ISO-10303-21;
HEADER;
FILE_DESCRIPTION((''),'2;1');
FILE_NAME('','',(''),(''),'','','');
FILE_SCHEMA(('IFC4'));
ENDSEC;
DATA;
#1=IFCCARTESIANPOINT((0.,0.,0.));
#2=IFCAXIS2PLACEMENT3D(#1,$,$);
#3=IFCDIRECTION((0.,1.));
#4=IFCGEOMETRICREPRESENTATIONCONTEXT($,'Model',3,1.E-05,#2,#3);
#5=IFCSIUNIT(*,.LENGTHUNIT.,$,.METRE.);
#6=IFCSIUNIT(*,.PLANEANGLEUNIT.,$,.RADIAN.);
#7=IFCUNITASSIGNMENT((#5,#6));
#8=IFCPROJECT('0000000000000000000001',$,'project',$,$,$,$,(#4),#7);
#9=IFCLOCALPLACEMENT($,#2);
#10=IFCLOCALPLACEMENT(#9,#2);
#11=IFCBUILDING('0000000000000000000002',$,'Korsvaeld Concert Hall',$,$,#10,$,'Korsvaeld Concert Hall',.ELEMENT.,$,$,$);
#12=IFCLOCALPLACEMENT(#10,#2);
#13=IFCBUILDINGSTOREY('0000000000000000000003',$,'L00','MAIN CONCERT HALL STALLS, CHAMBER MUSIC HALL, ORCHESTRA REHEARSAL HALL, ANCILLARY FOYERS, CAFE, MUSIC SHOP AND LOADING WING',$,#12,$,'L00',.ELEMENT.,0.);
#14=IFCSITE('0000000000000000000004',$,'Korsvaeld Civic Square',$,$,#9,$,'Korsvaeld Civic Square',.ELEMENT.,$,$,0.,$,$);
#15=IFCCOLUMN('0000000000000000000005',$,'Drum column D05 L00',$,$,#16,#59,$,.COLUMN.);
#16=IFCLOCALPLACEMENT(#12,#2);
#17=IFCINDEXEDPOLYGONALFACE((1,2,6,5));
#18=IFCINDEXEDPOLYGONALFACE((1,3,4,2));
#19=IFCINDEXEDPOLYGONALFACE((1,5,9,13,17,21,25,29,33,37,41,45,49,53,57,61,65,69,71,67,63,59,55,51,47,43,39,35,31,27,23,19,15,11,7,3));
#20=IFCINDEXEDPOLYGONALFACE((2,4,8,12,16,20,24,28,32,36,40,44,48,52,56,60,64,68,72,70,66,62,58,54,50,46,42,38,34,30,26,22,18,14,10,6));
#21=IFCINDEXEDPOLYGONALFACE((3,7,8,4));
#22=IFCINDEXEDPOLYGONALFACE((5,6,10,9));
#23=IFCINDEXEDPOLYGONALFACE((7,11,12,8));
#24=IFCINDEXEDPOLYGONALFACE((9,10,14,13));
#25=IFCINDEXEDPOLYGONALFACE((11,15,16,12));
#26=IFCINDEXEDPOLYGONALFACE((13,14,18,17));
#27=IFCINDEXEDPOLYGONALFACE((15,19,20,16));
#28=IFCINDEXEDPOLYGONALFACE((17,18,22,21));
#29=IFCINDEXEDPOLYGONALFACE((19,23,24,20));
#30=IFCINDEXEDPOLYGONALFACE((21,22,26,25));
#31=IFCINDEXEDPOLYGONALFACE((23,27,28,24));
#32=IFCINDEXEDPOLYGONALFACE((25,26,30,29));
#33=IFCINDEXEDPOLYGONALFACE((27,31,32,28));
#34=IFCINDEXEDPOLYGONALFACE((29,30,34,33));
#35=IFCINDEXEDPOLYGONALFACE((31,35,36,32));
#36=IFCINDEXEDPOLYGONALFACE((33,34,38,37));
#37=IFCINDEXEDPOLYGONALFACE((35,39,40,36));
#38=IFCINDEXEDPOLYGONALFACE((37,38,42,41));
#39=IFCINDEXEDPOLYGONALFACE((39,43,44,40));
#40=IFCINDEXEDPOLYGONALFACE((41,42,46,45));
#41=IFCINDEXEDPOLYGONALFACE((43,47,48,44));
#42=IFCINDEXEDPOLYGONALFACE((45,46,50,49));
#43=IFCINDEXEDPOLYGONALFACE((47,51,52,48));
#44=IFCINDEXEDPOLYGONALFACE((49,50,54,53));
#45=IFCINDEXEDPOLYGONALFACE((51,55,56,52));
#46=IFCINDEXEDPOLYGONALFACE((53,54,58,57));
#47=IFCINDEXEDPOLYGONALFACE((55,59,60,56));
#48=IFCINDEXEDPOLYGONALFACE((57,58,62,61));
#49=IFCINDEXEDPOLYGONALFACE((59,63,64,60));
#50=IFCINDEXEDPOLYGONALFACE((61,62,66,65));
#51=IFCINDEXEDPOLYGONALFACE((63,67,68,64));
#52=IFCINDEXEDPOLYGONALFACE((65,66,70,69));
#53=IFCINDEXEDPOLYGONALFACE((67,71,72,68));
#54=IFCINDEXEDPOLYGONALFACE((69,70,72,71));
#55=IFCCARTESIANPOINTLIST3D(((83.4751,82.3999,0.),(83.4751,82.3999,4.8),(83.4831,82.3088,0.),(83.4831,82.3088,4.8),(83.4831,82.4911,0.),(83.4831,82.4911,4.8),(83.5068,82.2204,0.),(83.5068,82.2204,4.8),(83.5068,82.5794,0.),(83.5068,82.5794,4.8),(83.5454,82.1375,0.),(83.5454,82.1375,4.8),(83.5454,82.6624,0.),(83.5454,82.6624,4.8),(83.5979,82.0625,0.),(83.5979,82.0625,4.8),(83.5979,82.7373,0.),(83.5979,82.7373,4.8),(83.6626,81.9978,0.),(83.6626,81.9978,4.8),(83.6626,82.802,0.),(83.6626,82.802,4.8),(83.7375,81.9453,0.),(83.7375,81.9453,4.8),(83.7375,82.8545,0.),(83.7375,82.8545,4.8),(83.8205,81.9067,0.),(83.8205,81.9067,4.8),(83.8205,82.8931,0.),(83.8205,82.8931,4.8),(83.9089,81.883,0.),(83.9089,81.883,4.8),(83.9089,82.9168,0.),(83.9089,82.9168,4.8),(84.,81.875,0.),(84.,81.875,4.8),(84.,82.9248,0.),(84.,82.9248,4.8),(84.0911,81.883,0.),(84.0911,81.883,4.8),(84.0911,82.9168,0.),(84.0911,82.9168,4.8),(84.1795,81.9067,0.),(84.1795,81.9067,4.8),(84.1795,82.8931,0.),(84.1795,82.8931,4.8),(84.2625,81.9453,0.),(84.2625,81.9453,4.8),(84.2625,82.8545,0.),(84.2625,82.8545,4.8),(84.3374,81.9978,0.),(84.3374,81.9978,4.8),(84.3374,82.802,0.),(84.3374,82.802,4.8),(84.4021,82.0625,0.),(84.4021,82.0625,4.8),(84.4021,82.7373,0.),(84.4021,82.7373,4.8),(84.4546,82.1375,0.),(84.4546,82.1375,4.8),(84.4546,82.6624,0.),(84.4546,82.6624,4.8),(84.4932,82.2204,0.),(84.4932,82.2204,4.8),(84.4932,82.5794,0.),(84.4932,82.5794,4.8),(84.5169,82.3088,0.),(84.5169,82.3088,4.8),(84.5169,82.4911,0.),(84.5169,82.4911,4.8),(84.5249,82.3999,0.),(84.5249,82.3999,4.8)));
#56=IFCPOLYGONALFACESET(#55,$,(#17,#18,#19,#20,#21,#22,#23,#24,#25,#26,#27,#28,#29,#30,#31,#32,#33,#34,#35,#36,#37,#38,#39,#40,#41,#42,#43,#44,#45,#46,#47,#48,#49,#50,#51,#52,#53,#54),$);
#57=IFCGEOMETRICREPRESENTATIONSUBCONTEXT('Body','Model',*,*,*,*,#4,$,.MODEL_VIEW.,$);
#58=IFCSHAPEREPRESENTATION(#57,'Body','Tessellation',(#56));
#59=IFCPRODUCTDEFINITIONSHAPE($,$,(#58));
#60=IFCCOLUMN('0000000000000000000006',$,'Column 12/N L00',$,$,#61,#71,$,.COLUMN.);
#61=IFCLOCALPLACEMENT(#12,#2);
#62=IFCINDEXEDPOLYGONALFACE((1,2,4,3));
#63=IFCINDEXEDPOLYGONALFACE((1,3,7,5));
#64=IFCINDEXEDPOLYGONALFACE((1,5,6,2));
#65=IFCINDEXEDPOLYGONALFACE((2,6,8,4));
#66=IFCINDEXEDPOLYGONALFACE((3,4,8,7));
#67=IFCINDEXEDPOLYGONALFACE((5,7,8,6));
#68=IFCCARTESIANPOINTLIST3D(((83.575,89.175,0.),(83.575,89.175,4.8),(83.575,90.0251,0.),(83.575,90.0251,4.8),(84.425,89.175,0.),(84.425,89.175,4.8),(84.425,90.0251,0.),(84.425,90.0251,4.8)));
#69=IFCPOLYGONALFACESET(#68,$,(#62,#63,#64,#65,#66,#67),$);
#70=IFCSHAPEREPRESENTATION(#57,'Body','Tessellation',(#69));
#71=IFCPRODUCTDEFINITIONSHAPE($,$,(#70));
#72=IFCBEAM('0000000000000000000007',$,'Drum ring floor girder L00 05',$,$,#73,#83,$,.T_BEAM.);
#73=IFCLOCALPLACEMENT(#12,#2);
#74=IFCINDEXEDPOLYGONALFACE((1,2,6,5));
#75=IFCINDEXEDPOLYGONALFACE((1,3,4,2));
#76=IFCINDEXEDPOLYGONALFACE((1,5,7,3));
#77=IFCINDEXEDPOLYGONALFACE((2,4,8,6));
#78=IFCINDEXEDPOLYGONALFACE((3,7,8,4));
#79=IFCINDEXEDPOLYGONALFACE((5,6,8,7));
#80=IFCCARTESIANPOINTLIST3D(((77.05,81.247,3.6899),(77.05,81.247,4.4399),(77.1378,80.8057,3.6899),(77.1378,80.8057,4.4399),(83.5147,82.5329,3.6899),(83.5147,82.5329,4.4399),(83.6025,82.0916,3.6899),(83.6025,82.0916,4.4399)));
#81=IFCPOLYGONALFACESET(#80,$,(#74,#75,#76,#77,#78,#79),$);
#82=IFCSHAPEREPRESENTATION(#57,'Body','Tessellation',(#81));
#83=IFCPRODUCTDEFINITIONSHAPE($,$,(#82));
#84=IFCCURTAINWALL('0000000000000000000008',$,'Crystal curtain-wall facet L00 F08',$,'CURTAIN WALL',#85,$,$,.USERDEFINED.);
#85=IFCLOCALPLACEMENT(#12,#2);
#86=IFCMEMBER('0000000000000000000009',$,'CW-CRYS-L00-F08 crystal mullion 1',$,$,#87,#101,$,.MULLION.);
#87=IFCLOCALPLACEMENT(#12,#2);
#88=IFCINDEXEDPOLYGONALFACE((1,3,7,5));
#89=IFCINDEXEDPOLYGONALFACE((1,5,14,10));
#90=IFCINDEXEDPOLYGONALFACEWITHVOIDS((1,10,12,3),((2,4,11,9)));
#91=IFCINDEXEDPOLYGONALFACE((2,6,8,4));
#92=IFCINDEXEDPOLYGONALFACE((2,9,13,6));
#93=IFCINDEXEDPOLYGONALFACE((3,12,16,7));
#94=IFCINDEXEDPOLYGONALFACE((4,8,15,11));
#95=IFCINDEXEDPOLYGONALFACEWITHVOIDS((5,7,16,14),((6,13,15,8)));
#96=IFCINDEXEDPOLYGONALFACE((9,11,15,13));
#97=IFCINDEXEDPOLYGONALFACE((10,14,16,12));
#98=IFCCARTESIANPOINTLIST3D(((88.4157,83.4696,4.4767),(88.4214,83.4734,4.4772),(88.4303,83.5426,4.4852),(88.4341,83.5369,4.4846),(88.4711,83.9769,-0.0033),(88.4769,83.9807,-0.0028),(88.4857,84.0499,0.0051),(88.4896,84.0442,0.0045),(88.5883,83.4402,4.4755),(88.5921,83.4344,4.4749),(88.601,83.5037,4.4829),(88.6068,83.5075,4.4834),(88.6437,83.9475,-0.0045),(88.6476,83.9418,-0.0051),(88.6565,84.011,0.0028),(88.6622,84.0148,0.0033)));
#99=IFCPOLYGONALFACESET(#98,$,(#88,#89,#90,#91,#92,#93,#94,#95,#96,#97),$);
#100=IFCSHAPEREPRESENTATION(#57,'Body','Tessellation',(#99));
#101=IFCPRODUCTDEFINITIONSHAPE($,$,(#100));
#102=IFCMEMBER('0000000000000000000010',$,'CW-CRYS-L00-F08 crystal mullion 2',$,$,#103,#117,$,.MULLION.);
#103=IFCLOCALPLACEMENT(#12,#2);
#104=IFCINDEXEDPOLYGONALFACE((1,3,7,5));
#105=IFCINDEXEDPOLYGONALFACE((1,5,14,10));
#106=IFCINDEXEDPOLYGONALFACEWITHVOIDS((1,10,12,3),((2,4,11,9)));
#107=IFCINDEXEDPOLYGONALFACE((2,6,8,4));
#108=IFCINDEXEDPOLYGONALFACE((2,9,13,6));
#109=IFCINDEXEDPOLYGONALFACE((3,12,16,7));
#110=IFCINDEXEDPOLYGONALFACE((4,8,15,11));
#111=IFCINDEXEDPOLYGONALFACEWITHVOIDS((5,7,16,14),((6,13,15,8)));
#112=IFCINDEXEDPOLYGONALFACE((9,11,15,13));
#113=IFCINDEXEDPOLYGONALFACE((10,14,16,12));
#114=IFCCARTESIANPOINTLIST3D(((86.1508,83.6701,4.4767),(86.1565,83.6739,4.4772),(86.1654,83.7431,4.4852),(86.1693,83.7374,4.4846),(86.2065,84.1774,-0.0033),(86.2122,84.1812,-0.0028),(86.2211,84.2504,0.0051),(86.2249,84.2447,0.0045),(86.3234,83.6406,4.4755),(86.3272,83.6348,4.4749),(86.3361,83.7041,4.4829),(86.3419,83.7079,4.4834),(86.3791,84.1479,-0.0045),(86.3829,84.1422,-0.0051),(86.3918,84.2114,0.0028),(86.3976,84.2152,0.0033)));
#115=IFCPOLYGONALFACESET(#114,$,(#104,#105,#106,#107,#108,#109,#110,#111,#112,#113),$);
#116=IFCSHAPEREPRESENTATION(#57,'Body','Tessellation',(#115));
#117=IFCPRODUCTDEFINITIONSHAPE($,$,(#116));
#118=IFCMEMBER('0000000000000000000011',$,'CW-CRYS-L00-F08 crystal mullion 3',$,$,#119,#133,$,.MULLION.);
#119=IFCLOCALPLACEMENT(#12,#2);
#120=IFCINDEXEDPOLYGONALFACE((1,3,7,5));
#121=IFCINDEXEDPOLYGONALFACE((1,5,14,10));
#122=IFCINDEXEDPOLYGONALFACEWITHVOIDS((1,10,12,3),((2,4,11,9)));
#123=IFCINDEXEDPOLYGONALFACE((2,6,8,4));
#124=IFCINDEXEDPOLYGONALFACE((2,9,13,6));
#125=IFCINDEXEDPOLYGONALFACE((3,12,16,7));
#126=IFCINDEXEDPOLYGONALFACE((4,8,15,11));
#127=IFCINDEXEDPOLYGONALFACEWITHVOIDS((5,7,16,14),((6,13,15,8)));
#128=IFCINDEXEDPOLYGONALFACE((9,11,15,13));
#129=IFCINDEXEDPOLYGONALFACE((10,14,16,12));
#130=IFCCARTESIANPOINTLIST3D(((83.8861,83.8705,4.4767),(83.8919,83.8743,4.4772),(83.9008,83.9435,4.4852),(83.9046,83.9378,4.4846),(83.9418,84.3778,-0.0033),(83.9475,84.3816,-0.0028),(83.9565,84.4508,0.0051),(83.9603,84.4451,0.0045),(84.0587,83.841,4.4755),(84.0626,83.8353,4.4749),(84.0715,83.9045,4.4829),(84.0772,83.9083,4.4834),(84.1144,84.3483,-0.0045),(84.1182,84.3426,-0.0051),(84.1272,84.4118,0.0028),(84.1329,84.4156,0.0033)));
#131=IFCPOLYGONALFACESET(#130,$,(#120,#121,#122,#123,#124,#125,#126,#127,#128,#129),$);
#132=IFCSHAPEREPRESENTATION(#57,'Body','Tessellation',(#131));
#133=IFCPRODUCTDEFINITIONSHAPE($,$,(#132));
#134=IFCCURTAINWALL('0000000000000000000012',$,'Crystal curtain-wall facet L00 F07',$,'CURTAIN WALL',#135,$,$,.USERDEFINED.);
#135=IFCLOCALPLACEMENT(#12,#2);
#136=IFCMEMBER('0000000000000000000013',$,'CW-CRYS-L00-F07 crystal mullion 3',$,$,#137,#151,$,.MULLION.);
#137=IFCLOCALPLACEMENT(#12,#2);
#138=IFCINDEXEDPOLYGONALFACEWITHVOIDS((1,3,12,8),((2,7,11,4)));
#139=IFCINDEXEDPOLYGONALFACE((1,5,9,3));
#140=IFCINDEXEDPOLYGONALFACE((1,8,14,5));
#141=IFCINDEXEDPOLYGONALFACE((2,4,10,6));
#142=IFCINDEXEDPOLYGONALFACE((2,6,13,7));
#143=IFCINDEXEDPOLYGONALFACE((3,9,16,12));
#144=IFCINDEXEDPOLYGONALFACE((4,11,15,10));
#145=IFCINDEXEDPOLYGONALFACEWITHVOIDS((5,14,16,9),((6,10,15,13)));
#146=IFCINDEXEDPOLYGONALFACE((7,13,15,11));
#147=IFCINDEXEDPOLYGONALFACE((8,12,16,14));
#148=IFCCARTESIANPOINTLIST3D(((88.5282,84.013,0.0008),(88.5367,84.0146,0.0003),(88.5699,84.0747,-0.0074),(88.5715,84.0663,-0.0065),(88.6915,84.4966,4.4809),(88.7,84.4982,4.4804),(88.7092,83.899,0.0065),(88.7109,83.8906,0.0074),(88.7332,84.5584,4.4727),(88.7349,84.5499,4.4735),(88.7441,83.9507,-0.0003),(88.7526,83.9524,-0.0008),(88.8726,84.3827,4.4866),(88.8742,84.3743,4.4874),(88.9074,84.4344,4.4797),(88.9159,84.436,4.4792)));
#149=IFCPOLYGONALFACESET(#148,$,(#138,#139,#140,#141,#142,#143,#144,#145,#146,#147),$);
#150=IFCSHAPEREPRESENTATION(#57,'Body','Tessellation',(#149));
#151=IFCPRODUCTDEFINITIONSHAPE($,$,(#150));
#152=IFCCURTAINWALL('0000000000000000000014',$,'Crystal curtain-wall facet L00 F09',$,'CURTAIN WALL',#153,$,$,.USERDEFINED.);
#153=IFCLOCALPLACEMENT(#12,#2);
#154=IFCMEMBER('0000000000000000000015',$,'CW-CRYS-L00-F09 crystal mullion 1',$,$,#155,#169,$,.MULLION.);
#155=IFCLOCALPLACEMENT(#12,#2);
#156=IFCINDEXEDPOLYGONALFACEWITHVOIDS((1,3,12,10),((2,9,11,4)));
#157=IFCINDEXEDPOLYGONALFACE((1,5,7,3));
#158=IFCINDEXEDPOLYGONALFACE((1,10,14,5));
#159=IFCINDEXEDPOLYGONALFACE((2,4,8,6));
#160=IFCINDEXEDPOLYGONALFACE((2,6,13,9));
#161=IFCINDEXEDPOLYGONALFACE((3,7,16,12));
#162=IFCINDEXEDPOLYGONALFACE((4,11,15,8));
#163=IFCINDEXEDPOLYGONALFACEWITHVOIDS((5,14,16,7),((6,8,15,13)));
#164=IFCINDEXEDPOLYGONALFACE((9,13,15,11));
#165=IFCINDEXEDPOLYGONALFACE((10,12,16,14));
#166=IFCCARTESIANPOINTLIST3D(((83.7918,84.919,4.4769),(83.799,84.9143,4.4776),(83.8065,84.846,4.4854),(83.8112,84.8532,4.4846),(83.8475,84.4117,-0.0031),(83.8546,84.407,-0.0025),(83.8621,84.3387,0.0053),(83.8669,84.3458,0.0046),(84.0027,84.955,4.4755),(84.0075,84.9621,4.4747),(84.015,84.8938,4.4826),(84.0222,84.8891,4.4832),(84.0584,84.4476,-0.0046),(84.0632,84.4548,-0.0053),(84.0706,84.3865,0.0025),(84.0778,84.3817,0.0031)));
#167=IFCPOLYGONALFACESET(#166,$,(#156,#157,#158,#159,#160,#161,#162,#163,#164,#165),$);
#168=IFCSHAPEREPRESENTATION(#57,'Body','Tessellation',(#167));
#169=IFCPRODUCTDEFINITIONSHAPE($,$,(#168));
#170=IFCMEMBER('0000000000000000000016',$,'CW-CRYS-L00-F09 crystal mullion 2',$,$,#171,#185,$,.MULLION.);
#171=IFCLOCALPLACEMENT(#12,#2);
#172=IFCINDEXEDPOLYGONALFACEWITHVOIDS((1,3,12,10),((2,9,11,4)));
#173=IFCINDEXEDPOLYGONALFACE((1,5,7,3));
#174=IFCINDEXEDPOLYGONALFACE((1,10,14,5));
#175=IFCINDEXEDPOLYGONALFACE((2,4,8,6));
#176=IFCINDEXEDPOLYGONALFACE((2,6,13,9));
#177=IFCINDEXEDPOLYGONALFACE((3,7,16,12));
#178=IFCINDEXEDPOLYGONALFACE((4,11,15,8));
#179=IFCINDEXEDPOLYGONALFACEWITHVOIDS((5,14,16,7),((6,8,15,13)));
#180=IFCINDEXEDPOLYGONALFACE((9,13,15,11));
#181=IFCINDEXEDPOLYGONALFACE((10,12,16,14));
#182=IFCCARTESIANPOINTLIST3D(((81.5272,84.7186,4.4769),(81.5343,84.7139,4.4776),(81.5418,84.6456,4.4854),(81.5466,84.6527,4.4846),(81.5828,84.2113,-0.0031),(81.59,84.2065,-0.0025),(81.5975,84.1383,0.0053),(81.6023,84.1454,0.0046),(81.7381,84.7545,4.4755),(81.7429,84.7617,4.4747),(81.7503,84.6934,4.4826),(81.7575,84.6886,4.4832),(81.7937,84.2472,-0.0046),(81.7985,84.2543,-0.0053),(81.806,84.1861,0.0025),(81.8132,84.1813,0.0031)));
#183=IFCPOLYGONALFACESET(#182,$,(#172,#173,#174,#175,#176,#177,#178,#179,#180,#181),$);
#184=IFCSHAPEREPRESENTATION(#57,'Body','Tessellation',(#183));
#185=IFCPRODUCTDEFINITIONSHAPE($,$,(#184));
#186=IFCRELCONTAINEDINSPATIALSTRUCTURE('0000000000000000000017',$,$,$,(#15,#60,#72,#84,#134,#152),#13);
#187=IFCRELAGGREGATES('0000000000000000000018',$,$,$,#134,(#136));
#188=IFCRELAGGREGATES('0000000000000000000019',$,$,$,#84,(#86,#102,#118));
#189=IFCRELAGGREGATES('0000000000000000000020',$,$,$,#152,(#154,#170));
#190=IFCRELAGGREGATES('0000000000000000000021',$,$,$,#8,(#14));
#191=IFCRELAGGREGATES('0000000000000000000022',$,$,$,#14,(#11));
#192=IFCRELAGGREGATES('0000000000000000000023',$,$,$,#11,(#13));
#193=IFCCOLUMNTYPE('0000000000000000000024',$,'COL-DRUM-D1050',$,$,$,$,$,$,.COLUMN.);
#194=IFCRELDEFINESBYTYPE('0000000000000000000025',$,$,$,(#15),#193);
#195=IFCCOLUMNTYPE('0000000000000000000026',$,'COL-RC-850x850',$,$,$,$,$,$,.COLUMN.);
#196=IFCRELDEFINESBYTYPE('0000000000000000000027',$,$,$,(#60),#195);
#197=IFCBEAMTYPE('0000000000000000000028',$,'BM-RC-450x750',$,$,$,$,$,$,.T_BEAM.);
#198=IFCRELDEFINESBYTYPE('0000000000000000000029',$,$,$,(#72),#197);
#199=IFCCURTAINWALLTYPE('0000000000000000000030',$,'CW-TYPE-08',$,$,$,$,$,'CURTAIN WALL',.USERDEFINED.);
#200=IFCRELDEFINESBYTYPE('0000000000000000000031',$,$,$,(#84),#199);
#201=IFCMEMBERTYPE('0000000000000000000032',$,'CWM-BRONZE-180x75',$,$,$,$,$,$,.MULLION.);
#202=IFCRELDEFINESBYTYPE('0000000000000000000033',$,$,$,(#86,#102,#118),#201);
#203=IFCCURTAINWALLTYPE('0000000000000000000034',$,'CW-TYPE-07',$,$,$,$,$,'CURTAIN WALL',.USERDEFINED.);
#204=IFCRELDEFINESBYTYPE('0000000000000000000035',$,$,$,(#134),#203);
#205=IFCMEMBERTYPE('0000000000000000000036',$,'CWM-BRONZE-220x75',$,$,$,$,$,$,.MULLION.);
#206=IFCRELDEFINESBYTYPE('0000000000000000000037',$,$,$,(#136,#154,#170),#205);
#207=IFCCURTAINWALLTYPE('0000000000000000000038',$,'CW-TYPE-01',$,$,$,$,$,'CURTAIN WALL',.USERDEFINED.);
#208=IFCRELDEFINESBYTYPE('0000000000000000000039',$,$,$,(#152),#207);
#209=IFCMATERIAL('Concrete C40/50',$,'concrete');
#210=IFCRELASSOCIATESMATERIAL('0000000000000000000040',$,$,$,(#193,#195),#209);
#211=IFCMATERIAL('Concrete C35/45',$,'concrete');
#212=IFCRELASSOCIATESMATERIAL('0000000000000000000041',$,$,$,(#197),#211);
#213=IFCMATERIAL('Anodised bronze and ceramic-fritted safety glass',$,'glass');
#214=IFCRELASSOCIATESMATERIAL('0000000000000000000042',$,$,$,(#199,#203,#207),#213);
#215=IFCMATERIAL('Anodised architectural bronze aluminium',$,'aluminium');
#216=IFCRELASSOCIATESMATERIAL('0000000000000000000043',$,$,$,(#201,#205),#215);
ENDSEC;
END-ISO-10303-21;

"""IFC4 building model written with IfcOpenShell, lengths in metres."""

from ifc_helpers import new_model, si_unit, direction, frame, origin, origin_2d, place, context, subcontext, project, spatial, rectangle, hollow_rectangle, circle, extrude, material, material_profile, profile_set, type_object, element, aggregate, save


model = new_model("IFC4")

# Units and contexts
model_context = context("Model", 3, precision=1e-05, world=origin(), true_north=direction((0.0, 1.0)))
body_context = subcontext(model_context, "Body", "Model", "MODEL_VIEW")
ifc_project = project(units=[si_unit("LENGTHUNIT", "METRE"), si_unit("PLANEANGLEUNIT", "RADIAN")], contexts=[model_context])

# Site, building, storey
site_placement = place(None, origin())
site = spatial("IfcSite", under=ifc_project, at=site_placement, Name="Korsvaeld Civic Square", LongName="Korsvaeld Civic Square", CompositionType="ELEMENT", RefElevation=0.0)
building_placement = place(site_placement, origin())
building = spatial("IfcBuilding", under=site, at=building_placement, Name="Korsvaeld Concert Hall", LongName="Korsvaeld Concert Hall", CompositionType="ELEMENT")
storey_placement = place(building_placement, origin())
storey = spatial("IfcBuildingStorey", under=building, at=storey_placement, Name="L00", Description="MAIN CONCERT HALL STALLS, CHAMBER MUSIC HALL, ORCHESTRA REHEARSAL HALL, ANCILLARY FOYERS, CAFE, MUSIC SHOP AND LOADING WING", LongName="L00", CompositionType="ELEMENT", Elevation=0.0)

# Columns
ifc_material_1 = material(Name="Concrete C40/50", Category="concrete")
ifc_material_profile_1 = material_profile(ifc_material_1, circle(Radius=0.5249, at=origin_2d()), Name="RC D1050")
ifc_profile_set_1 = profile_set([ifc_material_profile_1], Name="Concrete C40/50")
column_type_1 = type_object("IfcColumnType", Name="COL-DRUM-D1050", PredefinedType="COLUMN", material=ifc_profile_set_1)
column_1_placement = place(storey_placement, frame((84.0, 82.3999, 0.0), z_axis=(0.0, 0.0, 1.0), x_axis=(1.0, 0.0, 0.0)))
element("IfcColumn", 1, at=column_1_placement, inside=storey, type_object=column_type_1, Name="Drum column D05 L00", PredefinedType="COLUMN", context=body_context, shape_type="SweptSolid", body=[
    extrude(circle(Radius=0.5249, at=origin_2d()), origin(), (0.0, 0.0, 1.0), 4.8),
])
ifc_material_profile_2 = material_profile(ifc_material_1, rectangle(XDim=0.8501, YDim=0.8501, at=origin_2d()), Name="RC 850x850")
ifc_profile_set_2 = profile_set([ifc_material_profile_2], Name="Concrete C40/50")
column_type_2 = type_object("IfcColumnType", Name="COL-RC-850x850", PredefinedType="COLUMN", material=ifc_profile_set_2)
column_2_placement = place(storey_placement, frame((84.0, 89.6001, 0.0), z_axis=(0.0, 0.0, 1.0), x_axis=(1.0, 0.0, 0.0)))
element("IfcColumn", 2, at=column_2_placement, inside=storey, type_object=column_type_2, Name="Column 12/N L00", PredefinedType="COLUMN", context=body_context, shape_type="SweptSolid", body=[
    extrude(rectangle(XDim=0.8501, YDim=0.8501, at=origin_2d()), origin(), (0.0, 0.0, 1.0), 4.8),
])

# Beam
ifc_material_2 = material(Name="Concrete C35/45", Category="concrete")
ifc_material_profile_3 = material_profile(ifc_material_2, rectangle(XDim=0.45, YDim=0.75, at=origin_2d()), Name="RC 450x750")
ifc_profile_set_3 = profile_set([ifc_material_profile_3], Name="Concrete C35/45")
beam_type = type_object("IfcBeamType", Name="BM-RC-450x750", PredefinedType="T_BEAM", material=ifc_profile_set_3)
beam_placement = place(storey_placement, frame((83.5586, 82.3123, 4.0649), z_axis=(-0.980785, -0.19509, 0.0), x_axis=(0.19509, -0.980785, 0.0)))
element("IfcBeam", 3, at=beam_placement, inside=storey, type_object=beam_type, Name="Drum ring floor girder L00 05", PredefinedType="T_BEAM", context=body_context, shape_type="SweptSolid", body=[
    extrude(rectangle(XDim=0.45, YDim=0.75, at=origin_2d()), origin(), (0.0, 0.0, 1.0), 6.5913),
])

# Curtain wall, members
ifc_material_3 = material(Name="Anodised bronze and ceramic-fritted safety glass", Category="glass")
curtain_wall_type_1 = type_object("IfcCurtainWallType", Name="CW-TYPE-08", ElementType="CURTAIN WALL", PredefinedType="USERDEFINED", material=ifc_material_3)
curtain_wall_1_placement = place(storey_placement, origin())
curtain_wall_1 = element("IfcCurtainWall", 4, at=curtain_wall_1_placement, inside=storey, type_object=curtain_wall_type_1, Name="Crystal curtain-wall facet L00 F08", ObjectType="CURTAIN WALL", PredefinedType="USERDEFINED")
ifc_material_4 = material(Name="Anodised architectural bronze aluminium", Category="aluminium")
ifc_material_profile_4 = material_profile(ifc_material_4, hollow_rectangle(XDim=0.075, YDim=0.1799, WallThickness=0.0049, at=origin_2d()), Name="CWM 180x75x5")
ifc_profile_set_4 = profile_set([ifc_material_profile_4], Name="Anodised architectural bronze aluminium")
member_type_1 = type_object("IfcMemberType", Name="CWM-BRONZE-180x75", PredefinedType="MULLION", material=ifc_profile_set_4)
member_1_placement = place(storey_placement, frame((88.5667, 83.9958, 0.0), z_axis=(-0.012291, -0.112515, 0.993574), x_axis=(-0.195097, -0.974282, -0.112744)))
member_1 = element("IfcMember", 5, at=member_1_placement, type_object=member_type_1, Name="CW-CRYS-L00-F08 crystal mullion 1", PredefinedType="MULLION", context=body_context, shape_type="SweptSolid", body=[
    extrude(hollow_rectangle(XDim=0.075, YDim=0.1799, WallThickness=0.0049, at=origin_2d()), origin(), (0.0, 0.0, 1.0), 4.509),
])
member_2_placement = place(storey_placement, frame((86.302, 84.1963, 0.0), z_axis=(-0.012345, -0.112515, 0.993573), x_axis=(-0.19556, -0.974189, -0.112749)))
member_2 = element("IfcMember", 6, at=member_2_placement, type_object=member_type_1, Name="CW-CRYS-L00-F08 crystal mullion 2", PredefinedType="MULLION", context=body_context, shape_type="SweptSolid", body=[
    extrude(hollow_rectangle(XDim=0.075, YDim=0.1799, WallThickness=0.0049, at=origin_2d()), origin(), (0.0, 0.0, 1.0), 4.509),
])
member_3_placement = place(storey_placement, frame((84.0374, 84.3967, 0.0), z_axis=(-0.012345, -0.112515, 0.993573), x_axis=(-0.19556, -0.974189, -0.112749)))
member_3 = element("IfcMember", 7, at=member_3_placement, type_object=member_type_1, Name="CW-CRYS-L00-F08 crystal mullion 3", PredefinedType="MULLION", context=body_context, shape_type="SweptSolid", body=[
    extrude(hollow_rectangle(XDim=0.075, YDim=0.1799, WallThickness=0.0049, at=origin_2d()), origin(), (0.0, 0.0, 1.0), 4.509),
])

# Curtain wall, member
curtain_wall_type_2 = type_object("IfcCurtainWallType", Name="CW-TYPE-07", ElementType="CURTAIN WALL", PredefinedType="USERDEFINED", material=ifc_material_3)
curtain_wall_2_placement = place(storey_placement, origin())
curtain_wall_2 = element("IfcCurtainWall", 8, at=curtain_wall_2_placement, inside=storey, type_object=curtain_wall_type_2, Name="Crystal curtain-wall facet L00 F07", ObjectType="CURTAIN WALL", PredefinedType="USERDEFINED")
ifc_material_profile_5 = material_profile(ifc_material_4, hollow_rectangle(XDim=0.075, YDim=0.22, WallThickness=0.0061, at=origin_2d()), Name="CWM 220x75x6")
ifc_profile_set_5 = profile_set([ifc_material_profile_5], Name="Anodised architectural bronze aluminium")
member_type_2 = type_object("IfcMemberType", Name="CWM-BRONZE-220x75", PredefinedType="MULLION", material=ifc_profile_set_5)
member_4_placement = place(storey_placement, frame((88.6404, 83.9827, 0.0), z_axis=(0.036223, 0.107262, 0.993571), x_axis=(0.555805, 0.824105, -0.109231)))
member_4 = element("IfcMember", 9, at=member_4_placement, type_object=member_type_2, Name="CW-CRYS-L00-F07 crystal mullion 3", PredefinedType="MULLION", context=body_context, shape_type="SweptSolid", body=[
    extrude(hollow_rectangle(XDim=0.075, YDim=0.22, WallThickness=0.0061, at=origin_2d()), origin(), (0.0, 0.0, 1.0), 4.509),
])
aggregate(curtain_wall_2, [member_4])

# Curtain wall, members
curtain_wall_type_3 = type_object("IfcCurtainWallType", Name="CW-TYPE-01", ElementType="CURTAIN WALL", PredefinedType="USERDEFINED", material=ifc_material_3)
curtain_wall_3_placement = place(storey_placement, origin())
curtain_wall_3 = element("IfcCurtainWall", 10, at=curtain_wall_3_placement, inside=storey, type_object=curtain_wall_type_3, Name="Crystal curtain-wall facet L00 F09", ObjectType="CURTAIN WALL", PredefinedType="USERDEFINED")
member_5_placement = place(storey_placement, frame((83.9626, 84.3967, 0.0), z_axis=(-0.012345, 0.112515, 0.993573), x_axis=(-0.19556, 0.974189, -0.112749)))
member_5 = element("IfcMember", 11, at=member_5_placement, type_object=member_type_2, Name="CW-CRYS-L00-F09 crystal mullion 1", PredefinedType="MULLION", context=body_context, shape_type="SweptSolid", body=[
    extrude(hollow_rectangle(XDim=0.075, YDim=0.22, WallThickness=0.0061, at=origin_2d()), origin(), (0.0, 0.0, 1.0), 4.509),
])
member_6_placement = place(storey_placement, frame((81.698, 84.1963, 0.0), z_axis=(-0.012345, 0.112515, 0.993573), x_axis=(-0.19556, 0.974189, -0.112749)))
member_6 = element("IfcMember", 12, at=member_6_placement, type_object=member_type_2, Name="CW-CRYS-L00-F09 crystal mullion 2", PredefinedType="MULLION", context=body_context, shape_type="SweptSolid", body=[
    extrude(hollow_rectangle(XDim=0.075, YDim=0.22, WallThickness=0.0061, at=origin_2d()), origin(), (0.0, 0.0, 1.0), 4.509),
])

aggregate(curtain_wall_1, [member_1, member_2, member_3])
aggregate(curtain_wall_3, [member_5, member_6])

save(model, "model.ifc")
